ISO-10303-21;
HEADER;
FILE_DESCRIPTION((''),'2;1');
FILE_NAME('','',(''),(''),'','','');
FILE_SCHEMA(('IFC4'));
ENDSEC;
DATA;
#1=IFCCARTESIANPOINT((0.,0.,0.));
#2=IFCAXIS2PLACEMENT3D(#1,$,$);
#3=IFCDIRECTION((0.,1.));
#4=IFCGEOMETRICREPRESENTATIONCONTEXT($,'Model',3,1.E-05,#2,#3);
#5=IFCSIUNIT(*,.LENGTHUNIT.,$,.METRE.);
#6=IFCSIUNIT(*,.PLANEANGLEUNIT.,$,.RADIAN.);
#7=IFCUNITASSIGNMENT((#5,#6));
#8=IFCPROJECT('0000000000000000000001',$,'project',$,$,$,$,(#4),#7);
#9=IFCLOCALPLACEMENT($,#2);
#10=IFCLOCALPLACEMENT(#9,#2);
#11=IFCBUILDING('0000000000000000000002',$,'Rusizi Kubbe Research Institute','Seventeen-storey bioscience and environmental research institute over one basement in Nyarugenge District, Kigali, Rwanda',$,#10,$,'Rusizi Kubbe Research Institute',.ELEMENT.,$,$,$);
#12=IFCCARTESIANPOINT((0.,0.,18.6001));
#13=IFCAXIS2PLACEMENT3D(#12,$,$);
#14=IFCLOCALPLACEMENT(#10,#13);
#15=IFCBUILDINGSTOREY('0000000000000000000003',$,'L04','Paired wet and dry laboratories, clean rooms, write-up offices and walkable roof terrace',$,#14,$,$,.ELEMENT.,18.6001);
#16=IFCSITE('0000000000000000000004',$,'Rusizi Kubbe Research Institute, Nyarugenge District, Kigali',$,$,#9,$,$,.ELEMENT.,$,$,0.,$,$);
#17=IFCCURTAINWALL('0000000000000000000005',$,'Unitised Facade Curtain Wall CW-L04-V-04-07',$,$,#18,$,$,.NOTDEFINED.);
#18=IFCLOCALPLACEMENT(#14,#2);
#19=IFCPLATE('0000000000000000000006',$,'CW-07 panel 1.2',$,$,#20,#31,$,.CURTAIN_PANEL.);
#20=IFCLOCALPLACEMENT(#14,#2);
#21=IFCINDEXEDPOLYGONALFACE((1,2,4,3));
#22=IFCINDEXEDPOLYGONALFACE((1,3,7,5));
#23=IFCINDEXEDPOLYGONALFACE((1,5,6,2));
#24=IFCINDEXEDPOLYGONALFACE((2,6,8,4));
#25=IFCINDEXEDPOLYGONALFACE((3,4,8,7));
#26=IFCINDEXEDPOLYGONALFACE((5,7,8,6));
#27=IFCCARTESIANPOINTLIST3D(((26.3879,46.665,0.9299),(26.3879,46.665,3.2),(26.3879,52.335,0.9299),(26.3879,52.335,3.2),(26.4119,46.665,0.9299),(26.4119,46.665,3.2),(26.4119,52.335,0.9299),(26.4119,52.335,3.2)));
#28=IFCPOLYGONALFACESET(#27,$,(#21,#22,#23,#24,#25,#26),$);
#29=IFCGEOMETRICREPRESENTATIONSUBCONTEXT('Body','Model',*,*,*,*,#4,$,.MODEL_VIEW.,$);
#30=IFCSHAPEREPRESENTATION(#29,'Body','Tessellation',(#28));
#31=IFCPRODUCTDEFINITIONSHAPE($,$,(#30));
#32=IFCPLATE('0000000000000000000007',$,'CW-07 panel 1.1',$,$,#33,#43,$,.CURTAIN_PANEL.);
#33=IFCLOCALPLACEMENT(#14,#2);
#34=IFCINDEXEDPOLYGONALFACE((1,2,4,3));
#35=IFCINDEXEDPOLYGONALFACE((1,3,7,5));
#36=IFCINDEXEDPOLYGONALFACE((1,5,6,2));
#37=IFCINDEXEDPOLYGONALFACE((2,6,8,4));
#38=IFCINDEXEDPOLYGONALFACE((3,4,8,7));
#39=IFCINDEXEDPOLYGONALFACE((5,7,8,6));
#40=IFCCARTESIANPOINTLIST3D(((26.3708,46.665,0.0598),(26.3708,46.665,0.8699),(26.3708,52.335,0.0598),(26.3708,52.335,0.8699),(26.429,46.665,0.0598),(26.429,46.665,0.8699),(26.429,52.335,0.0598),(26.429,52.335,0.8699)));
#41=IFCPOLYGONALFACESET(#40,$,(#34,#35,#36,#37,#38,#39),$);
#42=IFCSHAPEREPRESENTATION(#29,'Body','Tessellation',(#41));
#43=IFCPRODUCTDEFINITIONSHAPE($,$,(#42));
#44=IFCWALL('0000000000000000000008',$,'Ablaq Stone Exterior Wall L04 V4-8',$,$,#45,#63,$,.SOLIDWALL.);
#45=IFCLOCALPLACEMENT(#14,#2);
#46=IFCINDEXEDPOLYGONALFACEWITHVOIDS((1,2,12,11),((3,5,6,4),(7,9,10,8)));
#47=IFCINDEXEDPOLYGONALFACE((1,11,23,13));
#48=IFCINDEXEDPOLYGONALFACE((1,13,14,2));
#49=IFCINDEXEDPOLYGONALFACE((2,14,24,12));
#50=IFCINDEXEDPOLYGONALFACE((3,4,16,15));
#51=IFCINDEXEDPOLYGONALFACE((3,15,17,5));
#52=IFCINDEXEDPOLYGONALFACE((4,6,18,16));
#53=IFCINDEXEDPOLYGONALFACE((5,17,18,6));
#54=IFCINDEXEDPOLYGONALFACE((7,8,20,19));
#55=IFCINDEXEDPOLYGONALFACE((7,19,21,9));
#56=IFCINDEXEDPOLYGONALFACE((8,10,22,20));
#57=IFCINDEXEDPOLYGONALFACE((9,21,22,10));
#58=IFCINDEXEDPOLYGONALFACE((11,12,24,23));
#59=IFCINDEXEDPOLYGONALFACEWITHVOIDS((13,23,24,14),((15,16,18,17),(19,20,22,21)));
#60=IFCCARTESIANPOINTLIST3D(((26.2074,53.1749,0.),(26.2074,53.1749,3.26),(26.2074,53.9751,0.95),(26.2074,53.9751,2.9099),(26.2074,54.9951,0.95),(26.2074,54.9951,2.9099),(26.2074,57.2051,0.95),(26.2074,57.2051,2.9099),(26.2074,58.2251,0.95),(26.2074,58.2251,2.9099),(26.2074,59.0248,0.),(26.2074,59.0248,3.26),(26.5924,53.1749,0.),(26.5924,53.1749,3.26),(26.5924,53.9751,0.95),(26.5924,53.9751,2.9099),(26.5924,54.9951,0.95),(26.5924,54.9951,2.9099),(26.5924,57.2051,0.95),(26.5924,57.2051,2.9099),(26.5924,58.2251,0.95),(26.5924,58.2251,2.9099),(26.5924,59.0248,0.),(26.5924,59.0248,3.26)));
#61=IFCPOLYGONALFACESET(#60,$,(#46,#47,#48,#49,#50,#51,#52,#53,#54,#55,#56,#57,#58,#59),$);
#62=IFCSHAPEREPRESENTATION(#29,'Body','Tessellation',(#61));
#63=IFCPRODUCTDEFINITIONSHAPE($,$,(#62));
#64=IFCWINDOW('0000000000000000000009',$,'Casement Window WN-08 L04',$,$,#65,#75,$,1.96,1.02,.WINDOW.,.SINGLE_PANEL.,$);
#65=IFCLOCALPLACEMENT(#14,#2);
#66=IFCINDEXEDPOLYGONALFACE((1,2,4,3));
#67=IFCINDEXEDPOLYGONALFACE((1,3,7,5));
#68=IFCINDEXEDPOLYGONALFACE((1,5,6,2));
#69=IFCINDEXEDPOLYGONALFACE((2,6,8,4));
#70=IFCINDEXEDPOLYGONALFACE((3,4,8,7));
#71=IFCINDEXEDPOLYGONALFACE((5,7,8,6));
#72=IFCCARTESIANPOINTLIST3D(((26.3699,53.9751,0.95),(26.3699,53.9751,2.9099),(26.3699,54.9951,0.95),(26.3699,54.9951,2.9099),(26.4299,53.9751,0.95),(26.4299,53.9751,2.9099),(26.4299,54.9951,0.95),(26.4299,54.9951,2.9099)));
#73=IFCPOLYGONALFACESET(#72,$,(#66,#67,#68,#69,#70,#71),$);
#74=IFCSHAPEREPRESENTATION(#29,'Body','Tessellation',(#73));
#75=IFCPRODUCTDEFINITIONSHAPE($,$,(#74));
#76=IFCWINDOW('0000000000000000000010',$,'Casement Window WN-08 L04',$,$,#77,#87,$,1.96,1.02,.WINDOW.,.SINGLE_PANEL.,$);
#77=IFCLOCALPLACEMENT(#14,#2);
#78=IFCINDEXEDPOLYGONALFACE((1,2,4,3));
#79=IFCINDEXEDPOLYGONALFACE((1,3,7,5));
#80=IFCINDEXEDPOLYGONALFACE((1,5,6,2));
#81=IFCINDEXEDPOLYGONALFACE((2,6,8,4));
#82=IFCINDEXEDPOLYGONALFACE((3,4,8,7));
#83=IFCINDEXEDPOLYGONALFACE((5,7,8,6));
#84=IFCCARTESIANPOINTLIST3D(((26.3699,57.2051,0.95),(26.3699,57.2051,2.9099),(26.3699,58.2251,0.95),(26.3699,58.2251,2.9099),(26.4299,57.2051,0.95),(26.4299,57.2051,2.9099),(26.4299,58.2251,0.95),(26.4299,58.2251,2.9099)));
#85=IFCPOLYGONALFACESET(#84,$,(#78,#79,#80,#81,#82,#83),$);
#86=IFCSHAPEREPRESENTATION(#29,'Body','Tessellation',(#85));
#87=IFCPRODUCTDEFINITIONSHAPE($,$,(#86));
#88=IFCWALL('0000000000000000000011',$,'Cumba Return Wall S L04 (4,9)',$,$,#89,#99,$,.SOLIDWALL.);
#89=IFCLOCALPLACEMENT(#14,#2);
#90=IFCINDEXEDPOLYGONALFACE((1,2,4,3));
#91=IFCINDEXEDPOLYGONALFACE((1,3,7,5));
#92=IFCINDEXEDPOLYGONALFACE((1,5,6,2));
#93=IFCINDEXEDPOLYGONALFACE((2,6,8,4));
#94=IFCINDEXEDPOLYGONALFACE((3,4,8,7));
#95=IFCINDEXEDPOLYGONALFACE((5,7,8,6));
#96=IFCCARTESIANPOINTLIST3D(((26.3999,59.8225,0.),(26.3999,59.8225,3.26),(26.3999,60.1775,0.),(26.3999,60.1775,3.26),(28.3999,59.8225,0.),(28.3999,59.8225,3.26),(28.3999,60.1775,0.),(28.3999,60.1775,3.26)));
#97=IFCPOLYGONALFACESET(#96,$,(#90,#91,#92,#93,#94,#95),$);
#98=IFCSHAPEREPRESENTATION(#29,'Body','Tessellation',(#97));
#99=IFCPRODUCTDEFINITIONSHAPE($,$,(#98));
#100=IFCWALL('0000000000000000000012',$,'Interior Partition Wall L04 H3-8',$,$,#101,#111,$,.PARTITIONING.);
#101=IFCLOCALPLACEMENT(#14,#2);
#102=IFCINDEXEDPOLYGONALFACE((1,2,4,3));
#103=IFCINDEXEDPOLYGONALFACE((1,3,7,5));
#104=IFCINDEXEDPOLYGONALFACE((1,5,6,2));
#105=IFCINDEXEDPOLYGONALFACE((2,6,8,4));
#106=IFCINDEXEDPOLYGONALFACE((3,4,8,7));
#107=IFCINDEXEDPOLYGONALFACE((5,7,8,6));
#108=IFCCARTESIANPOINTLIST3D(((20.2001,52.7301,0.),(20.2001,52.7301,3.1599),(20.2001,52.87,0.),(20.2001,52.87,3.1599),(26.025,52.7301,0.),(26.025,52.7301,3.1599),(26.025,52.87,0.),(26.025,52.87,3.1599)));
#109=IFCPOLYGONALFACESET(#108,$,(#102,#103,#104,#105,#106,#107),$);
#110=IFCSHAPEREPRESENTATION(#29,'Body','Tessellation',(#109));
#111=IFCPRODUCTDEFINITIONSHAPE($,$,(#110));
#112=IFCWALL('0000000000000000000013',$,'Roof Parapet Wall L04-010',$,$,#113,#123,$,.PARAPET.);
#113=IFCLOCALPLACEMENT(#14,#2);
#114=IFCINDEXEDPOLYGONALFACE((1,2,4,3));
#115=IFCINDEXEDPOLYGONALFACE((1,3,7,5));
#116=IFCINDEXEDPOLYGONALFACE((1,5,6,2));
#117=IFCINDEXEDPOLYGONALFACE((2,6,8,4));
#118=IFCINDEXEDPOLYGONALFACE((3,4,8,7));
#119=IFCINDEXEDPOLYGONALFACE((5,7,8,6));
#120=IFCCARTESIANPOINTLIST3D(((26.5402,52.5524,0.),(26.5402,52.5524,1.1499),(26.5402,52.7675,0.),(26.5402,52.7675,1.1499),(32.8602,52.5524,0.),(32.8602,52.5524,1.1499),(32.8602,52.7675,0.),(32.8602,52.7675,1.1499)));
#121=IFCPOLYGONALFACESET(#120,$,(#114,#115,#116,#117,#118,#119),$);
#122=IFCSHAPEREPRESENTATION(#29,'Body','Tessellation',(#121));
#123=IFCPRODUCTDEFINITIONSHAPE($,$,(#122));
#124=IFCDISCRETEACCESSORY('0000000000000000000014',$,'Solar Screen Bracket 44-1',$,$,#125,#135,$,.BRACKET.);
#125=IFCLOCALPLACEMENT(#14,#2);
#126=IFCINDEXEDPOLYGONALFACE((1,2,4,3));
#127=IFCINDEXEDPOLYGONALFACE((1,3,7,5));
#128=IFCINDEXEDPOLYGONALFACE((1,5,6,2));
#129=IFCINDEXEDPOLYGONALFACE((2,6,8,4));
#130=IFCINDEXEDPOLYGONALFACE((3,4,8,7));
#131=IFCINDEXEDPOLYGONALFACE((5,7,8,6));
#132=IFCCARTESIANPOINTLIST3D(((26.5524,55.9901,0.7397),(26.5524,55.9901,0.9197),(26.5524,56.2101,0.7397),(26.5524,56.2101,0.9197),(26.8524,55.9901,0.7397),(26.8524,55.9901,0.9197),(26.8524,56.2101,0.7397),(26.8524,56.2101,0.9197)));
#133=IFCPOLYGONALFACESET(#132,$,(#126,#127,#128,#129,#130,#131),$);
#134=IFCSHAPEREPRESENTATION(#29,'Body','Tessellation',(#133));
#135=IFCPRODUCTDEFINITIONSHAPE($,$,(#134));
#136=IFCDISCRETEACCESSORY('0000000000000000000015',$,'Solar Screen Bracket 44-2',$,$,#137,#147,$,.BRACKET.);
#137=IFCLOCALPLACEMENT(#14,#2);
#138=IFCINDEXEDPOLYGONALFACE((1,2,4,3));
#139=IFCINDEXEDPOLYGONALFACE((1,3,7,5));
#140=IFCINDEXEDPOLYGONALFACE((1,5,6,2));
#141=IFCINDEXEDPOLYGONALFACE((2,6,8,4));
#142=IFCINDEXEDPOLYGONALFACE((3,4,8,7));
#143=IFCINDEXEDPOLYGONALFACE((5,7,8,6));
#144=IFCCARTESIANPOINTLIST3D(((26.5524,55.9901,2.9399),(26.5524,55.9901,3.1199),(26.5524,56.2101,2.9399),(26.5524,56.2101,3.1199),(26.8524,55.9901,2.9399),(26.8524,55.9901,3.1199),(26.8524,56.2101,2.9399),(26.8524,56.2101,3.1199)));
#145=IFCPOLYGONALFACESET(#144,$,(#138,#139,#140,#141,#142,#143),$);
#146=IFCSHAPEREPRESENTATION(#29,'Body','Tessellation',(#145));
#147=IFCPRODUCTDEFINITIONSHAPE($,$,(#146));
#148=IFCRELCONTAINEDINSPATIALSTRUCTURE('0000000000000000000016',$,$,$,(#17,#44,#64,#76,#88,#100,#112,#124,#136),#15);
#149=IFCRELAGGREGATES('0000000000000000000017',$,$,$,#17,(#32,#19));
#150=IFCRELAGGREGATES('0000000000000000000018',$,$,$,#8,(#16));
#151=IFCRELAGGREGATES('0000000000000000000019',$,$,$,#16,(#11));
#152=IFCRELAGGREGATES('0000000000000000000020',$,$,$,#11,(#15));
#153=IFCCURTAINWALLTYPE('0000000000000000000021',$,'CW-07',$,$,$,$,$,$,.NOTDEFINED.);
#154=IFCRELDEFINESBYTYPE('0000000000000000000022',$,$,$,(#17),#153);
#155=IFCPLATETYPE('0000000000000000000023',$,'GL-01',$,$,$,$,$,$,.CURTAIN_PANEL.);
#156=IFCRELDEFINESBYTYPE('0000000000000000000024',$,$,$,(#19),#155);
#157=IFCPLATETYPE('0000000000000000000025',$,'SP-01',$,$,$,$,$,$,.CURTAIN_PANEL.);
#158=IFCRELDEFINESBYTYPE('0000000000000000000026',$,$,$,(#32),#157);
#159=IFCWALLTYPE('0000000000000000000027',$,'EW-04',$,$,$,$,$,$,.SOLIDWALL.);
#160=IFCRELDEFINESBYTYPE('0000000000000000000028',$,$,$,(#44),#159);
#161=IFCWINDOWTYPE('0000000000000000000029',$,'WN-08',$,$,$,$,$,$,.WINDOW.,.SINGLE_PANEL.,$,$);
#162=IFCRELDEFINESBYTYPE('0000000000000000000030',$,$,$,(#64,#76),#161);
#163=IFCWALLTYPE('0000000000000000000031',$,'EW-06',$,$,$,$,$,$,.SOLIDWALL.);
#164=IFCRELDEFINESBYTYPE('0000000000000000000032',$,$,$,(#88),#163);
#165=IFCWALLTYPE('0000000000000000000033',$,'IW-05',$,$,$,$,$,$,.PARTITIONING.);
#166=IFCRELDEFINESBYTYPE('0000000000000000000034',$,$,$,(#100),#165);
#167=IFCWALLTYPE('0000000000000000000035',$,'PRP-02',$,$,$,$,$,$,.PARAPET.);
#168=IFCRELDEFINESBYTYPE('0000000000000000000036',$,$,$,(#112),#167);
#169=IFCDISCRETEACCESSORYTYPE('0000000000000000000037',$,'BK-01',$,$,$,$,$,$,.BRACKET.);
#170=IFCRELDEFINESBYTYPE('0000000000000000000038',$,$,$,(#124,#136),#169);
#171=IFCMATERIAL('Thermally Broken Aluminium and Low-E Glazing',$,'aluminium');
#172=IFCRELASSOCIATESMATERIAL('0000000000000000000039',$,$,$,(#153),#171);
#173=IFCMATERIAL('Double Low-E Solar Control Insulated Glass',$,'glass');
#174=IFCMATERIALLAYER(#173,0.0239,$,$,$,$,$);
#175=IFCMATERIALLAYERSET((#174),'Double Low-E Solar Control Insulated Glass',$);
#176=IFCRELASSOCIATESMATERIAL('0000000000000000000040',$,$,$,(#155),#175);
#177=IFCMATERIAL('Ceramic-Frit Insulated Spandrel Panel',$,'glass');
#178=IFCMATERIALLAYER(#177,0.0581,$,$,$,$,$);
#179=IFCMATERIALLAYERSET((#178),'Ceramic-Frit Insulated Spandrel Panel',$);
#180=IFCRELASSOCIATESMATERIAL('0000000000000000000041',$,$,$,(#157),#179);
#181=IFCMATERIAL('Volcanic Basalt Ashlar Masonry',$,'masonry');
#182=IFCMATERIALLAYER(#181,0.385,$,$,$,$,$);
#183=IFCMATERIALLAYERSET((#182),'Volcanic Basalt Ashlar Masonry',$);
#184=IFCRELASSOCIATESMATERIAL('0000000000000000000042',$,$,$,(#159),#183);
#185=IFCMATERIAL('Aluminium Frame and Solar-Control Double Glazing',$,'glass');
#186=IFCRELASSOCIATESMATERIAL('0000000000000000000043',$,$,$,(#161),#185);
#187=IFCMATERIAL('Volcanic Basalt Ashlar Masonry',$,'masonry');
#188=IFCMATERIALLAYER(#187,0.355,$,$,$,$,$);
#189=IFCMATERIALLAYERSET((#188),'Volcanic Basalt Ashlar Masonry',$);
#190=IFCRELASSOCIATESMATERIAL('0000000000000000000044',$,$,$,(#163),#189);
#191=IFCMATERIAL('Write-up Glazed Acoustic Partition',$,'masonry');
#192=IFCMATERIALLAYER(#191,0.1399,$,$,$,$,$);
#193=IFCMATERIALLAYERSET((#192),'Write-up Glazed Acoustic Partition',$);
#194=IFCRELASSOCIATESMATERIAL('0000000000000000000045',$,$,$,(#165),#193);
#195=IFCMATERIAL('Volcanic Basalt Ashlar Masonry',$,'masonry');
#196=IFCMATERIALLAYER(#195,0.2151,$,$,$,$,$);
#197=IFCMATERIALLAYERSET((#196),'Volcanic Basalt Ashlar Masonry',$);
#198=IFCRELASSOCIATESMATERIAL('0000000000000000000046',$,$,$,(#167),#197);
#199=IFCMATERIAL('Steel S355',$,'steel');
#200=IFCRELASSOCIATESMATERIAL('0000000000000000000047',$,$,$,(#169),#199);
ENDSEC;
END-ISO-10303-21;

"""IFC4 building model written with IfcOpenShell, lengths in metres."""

from ifc_helpers import new_model, si_unit, direction, frame, frame_2d, origin, origin_2d, place, context, subcontext, project, spatial, rectangle, extrude, material, layer, layer_set, type_object, element, fill, aggregate, save


model = new_model("IFC4")

# Units and contexts
model_context = context("Model", 3, precision=1e-05, world=origin(), true_north=direction((0.0, 1.0)))
body_context = subcontext(model_context, "Body", "Model", "MODEL_VIEW")
ifc_project = project(units=[si_unit("LENGTHUNIT", "METRE"), si_unit("PLANEANGLEUNIT", "RADIAN")], contexts=[model_context])

# Site, building, storey
site_placement = place(None, origin())
site = spatial("IfcSite", under=ifc_project, at=site_placement, Name="Rusizi Kubbe Research Institute, Nyarugenge District, Kigali", CompositionType="ELEMENT", RefElevation=0.0)
building_placement = place(site_placement, origin())
building = spatial("IfcBuilding", under=site, at=building_placement, Name="Rusizi Kubbe Research Institute", Description="Seventeen-storey bioscience and environmental research institute over one basement in Nyarugenge District, Kigali, Rwanda", LongName="Rusizi Kubbe Research Institute", CompositionType="ELEMENT")
storey_placement = place(building_placement, frame((0.0, 0.0, 18.6001)))
storey = spatial("IfcBuildingStorey", under=building, at=storey_placement, Name="L04", Description="Paired wet and dry laboratories, clean rooms, write-up offices and walkable roof terrace", CompositionType="ELEMENT", Elevation=18.6001)

# Curtain wall, plates
ifc_material_1 = material(Name="Thermally Broken Aluminium and Low-E Glazing", Category="aluminium")
curtain_wall_type = type_object("IfcCurtainWallType", Name="CW-07", PredefinedType="NOTDEFINED", material=ifc_material_1)
curtain_wall_placement = place(storey_placement, origin())
curtain_wall = element("IfcCurtainWall", 1, at=curtain_wall_placement, inside=storey, type_object=curtain_wall_type, Name="Unitised Facade Curtain Wall CW-L04-V-04-07", PredefinedType="NOTDEFINED")
ifc_material_2 = material(Name="Double Low-E Solar Control Insulated Glass", Category="glass")
ifc_layer_1 = layer(ifc_material_2, 0.0239)
ifc_layer_set_1 = layer_set([ifc_layer_1], Name="Double Low-E Solar Control Insulated Glass")
plate_type_1 = type_object("IfcPlateType", Name="GL-01", PredefinedType="CURTAIN_PANEL", material=ifc_layer_set_1)
plate_1_placement = place(storey_placement, frame((26.3999, 49.5, 0.9299), z_axis=(0.0, 0.0, 1.0), x_axis=(0.0, 1.0, 0.0)))
plate_1 = element("IfcPlate", 2, at=plate_1_placement, type_object=plate_type_1, Name="CW-07 panel 1.2", PredefinedType="CURTAIN_PANEL", context=body_context, shape_type="SweptSolid", body=[
    extrude(rectangle(XDim=5.6699, YDim=0.0239, at=origin_2d()), origin(), (0.0, 0.0, 1.0), 2.27),
])
ifc_material_3 = material(Name="Ceramic-Frit Insulated Spandrel Panel", Category="glass")
ifc_layer_2 = layer(ifc_material_3, 0.0581)
ifc_layer_set_2 = layer_set([ifc_layer_2], Name="Ceramic-Frit Insulated Spandrel Panel")
plate_type_2 = type_object("IfcPlateType", Name="SP-01", PredefinedType="CURTAIN_PANEL", material=ifc_layer_set_2)
plate_2_placement = place(storey_placement, frame((26.3999, 49.5, 0.0598), z_axis=(0.0, 0.0, 1.0), x_axis=(0.0, 1.0, 0.0)))
plate_2 = element("IfcPlate", 3, at=plate_2_placement, type_object=plate_type_2, Name="CW-07 panel 1.1", PredefinedType="CURTAIN_PANEL", context=body_context, shape_type="SweptSolid", body=[
    extrude(rectangle(XDim=5.6699, YDim=0.0581, at=origin_2d()), origin(), (0.0, 0.0, 1.0), 0.8101),
])
aggregate(curtain_wall, [plate_2, plate_1])

# Wall, openings, windows
ifc_material_4 = material(Name="Volcanic Basalt Ashlar Masonry", Category="masonry")
ifc_layer_3 = layer(ifc_material_4, 0.385)
ifc_layer_set_3 = layer_set([ifc_layer_3], Name="Volcanic Basalt Ashlar Masonry")
wall_type_1 = type_object("IfcWallType", Name="EW-04", PredefinedType="SOLIDWALL", material=ifc_layer_set_3)
wall_1_placement = place(storey_placement, frame((26.3999, 53.175, 0.0), z_axis=(0.0, 0.0, 1.0), x_axis=(0.0, 1.0, 0.0)))
wall_1 = element("IfcWall", 4, at=wall_1_placement, inside=storey, type_object=wall_type_1, Name="Ablaq Stone Exterior Wall L04 V4-8", PredefinedType="SOLIDWALL", context=body_context, shape_type="SweptSolid", body=[
    extrude(rectangle(XDim=5.8499, YDim=0.385, at=frame_2d((2.9248, 0.0))), origin(), (0.0, 0.0, 1.0), 3.26),
])
opening_1_placement = place(wall_1_placement, frame((0.8, 0.0, 0.95)))
opening_1 = element("IfcOpeningElement", 5, at=opening_1_placement, cuts=wall_1, PredefinedType="OPENING", context=body_context, shape_type="SweptSolid", body=[
    extrude(rectangle(XDim=1.02, YDim=1.96, at=frame_2d((0.51, 0.98))), frame((0.0, 0.2024, 0.0), z_axis=(0.0, -1.0, 0.0), x_axis=(1.0, 0.0, 0.0)), (0.0, 0.0, 1.0), 0.405),
])
opening_2_placement = place(wall_1_placement, frame((4.03, 0.0, 0.95)))
opening_2 = element("IfcOpeningElement", 6, at=opening_2_placement, cuts=wall_1, PredefinedType="OPENING", context=body_context, shape_type="SweptSolid", body=[
    extrude(rectangle(XDim=1.02, YDim=1.96, at=frame_2d((0.51, 0.98))), frame((0.0, 0.2024, 0.0), z_axis=(0.0, -1.0, 0.0), x_axis=(1.0, 0.0, 0.0)), (0.0, 0.0, 1.0), 0.405),
])
ifc_material_5 = material(Name="Aluminium Frame and Solar-Control Double Glazing", Category="glass")
window_type = type_object("IfcWindowType", Name="WN-08", PartitioningType="SINGLE_PANEL", PredefinedType="WINDOW", material=ifc_material_5)
window_1_placement = place(opening_1_placement, origin())
window_1 = element("IfcWindow", 7, at=window_1_placement, inside=storey, type_object=window_type, Name="Casement Window WN-08 L04", OverallHeight=1.96, OverallWidth=1.02, PartitioningType="SINGLE_PANEL", PredefinedType="WINDOW", context=body_context, shape_type="SweptSolid", body=[
    extrude(rectangle(XDim=1.02, YDim=1.96, at=frame_2d((0.51, 0.98))), frame((0.0, 0.03, 0.0), z_axis=(0.0, -1.0, 0.0), x_axis=(1.0, 0.0, 0.0)), (0.0, 0.0, 1.0), 0.0601),
])
fill(opening_1, window_1)
window_2_placement = place(opening_2_placement, origin())
window_2 = element("IfcWindow", 8, at=window_2_placement, inside=storey, type_object=window_type, Name="Casement Window WN-08 L04", OverallHeight=1.96, OverallWidth=1.02, PartitioningType="SINGLE_PANEL", PredefinedType="WINDOW", context=body_context, shape_type="SweptSolid", body=[
    extrude(rectangle(XDim=1.02, YDim=1.96, at=frame_2d((0.51, 0.98))), frame((0.0, 0.03, 0.0), z_axis=(0.0, -1.0, 0.0), x_axis=(1.0, 0.0, 0.0)), (0.0, 0.0, 1.0), 0.0601),
])
fill(opening_2, window_2)

# Walls
ifc_material_6 = material(Name="Volcanic Basalt Ashlar Masonry", Category="masonry")
ifc_layer_4 = layer(ifc_material_6, 0.355)
ifc_layer_set_4 = layer_set([ifc_layer_4], Name="Volcanic Basalt Ashlar Masonry")
wall_type_2 = type_object("IfcWallType", Name="EW-06", PredefinedType="SOLIDWALL", material=ifc_layer_set_4)
wall_2_placement = place(storey_placement, frame((26.3999, 60.0, 0.0), z_axis=(0.0, 0.0, 1.0), x_axis=(1.0, 0.0, 0.0)))
element("IfcWall", 9, at=wall_2_placement, inside=storey, type_object=wall_type_2, Name="Cumba Return Wall S L04 (4,9)", PredefinedType="SOLIDWALL", context=body_context, shape_type="SweptSolid", body=[
    extrude(rectangle(XDim=2.0, YDim=0.355, at=frame_2d((1.0, 0.0))), origin(), (0.0, 0.0, 1.0), 3.26),
])
ifc_material_7 = material(Name="Write-up Glazed Acoustic Partition", Category="masonry")
ifc_layer_5 = layer(ifc_material_7, 0.1399)
ifc_layer_set_5 = layer_set([ifc_layer_5], Name="Write-up Glazed Acoustic Partition")
wall_type_3 = type_object("IfcWallType", Name="IW-05", PredefinedType="PARTITIONING", material=ifc_layer_set_5)
wall_3_placement = place(storey_placement, frame((20.2, 52.8, 0.0), z_axis=(0.0, 0.0, 1.0), x_axis=(1.0, 0.0, 0.0)))
element("IfcWall", 10, at=wall_3_placement, inside=storey, type_object=wall_type_3, Name="Interior Partition Wall L04 H3-8", PredefinedType="PARTITIONING", context=body_context, shape_type="SweptSolid", body=[
    extrude(rectangle(XDim=5.825, YDim=0.1399, at=frame_2d((2.9126, 0.0))), origin(), (0.0, 0.0, 1.0), 3.1599),
])
ifc_material_8 = material(Name="Volcanic Basalt Ashlar Masonry", Category="masonry")
ifc_layer_6 = layer(ifc_material_8, 0.2151)
ifc_layer_set_6 = layer_set([ifc_layer_6], Name="Volcanic Basalt Ashlar Masonry")
wall_type_4 = type_object("IfcWallType", Name="PRP-02", PredefinedType="PARAPET", material=ifc_layer_set_6)
wall_4_placement = place(storey_placement, frame((26.54, 52.6599, 0.0), z_axis=(0.0, 0.0, 1.0), x_axis=(1.0, 0.0, 0.0)))
element("IfcWall", 11, at=wall_4_placement, inside=storey, type_object=wall_type_4, Name="Roof Parapet Wall L04-010", PredefinedType="PARAPET", context=body_context, shape_type="SweptSolid", body=[
    extrude(rectangle(XDim=6.3201, YDim=0.2151, at=frame_2d((3.1602, 0.0))), origin(), (0.0, 0.0, 1.0), 1.1499),
])

# Discrete accessories
ifc_material_9 = material(Name="Steel S355", Category="steel")
discrete_accessory_type = type_object("IfcDiscreteAccessoryType", Name="BK-01", PredefinedType="BRACKET", material=ifc_material_9)
for number, where, z_axis, x_axis, name in (
    (12, (26.7024, 56.1001, 0.7397), (0.0, 0.0, 1.0), (1.0, 0.0, 0.0), "Solar Screen Bracket 44-1"),
    (13, (26.7024, 56.1001, 2.9399), (0.0, 0.0, 1.0), (1.0, 0.0, 0.0), "Solar Screen Bracket 44-2"),
):
    element("IfcDiscreteAccessory", number, at=place(storey_placement, frame(where, z_axis=z_axis, x_axis=x_axis)), inside=storey, type_object=discrete_accessory_type, Name=name, PredefinedType="BRACKET", context=body_context, shape_type="SweptSolid", body=[
        extrude(rectangle(XDim=0.3, YDim=0.22, at=origin_2d()), origin(), (0.0, 0.0, 1.0), 0.1799),
    ])

save(model, "model.ifc")
